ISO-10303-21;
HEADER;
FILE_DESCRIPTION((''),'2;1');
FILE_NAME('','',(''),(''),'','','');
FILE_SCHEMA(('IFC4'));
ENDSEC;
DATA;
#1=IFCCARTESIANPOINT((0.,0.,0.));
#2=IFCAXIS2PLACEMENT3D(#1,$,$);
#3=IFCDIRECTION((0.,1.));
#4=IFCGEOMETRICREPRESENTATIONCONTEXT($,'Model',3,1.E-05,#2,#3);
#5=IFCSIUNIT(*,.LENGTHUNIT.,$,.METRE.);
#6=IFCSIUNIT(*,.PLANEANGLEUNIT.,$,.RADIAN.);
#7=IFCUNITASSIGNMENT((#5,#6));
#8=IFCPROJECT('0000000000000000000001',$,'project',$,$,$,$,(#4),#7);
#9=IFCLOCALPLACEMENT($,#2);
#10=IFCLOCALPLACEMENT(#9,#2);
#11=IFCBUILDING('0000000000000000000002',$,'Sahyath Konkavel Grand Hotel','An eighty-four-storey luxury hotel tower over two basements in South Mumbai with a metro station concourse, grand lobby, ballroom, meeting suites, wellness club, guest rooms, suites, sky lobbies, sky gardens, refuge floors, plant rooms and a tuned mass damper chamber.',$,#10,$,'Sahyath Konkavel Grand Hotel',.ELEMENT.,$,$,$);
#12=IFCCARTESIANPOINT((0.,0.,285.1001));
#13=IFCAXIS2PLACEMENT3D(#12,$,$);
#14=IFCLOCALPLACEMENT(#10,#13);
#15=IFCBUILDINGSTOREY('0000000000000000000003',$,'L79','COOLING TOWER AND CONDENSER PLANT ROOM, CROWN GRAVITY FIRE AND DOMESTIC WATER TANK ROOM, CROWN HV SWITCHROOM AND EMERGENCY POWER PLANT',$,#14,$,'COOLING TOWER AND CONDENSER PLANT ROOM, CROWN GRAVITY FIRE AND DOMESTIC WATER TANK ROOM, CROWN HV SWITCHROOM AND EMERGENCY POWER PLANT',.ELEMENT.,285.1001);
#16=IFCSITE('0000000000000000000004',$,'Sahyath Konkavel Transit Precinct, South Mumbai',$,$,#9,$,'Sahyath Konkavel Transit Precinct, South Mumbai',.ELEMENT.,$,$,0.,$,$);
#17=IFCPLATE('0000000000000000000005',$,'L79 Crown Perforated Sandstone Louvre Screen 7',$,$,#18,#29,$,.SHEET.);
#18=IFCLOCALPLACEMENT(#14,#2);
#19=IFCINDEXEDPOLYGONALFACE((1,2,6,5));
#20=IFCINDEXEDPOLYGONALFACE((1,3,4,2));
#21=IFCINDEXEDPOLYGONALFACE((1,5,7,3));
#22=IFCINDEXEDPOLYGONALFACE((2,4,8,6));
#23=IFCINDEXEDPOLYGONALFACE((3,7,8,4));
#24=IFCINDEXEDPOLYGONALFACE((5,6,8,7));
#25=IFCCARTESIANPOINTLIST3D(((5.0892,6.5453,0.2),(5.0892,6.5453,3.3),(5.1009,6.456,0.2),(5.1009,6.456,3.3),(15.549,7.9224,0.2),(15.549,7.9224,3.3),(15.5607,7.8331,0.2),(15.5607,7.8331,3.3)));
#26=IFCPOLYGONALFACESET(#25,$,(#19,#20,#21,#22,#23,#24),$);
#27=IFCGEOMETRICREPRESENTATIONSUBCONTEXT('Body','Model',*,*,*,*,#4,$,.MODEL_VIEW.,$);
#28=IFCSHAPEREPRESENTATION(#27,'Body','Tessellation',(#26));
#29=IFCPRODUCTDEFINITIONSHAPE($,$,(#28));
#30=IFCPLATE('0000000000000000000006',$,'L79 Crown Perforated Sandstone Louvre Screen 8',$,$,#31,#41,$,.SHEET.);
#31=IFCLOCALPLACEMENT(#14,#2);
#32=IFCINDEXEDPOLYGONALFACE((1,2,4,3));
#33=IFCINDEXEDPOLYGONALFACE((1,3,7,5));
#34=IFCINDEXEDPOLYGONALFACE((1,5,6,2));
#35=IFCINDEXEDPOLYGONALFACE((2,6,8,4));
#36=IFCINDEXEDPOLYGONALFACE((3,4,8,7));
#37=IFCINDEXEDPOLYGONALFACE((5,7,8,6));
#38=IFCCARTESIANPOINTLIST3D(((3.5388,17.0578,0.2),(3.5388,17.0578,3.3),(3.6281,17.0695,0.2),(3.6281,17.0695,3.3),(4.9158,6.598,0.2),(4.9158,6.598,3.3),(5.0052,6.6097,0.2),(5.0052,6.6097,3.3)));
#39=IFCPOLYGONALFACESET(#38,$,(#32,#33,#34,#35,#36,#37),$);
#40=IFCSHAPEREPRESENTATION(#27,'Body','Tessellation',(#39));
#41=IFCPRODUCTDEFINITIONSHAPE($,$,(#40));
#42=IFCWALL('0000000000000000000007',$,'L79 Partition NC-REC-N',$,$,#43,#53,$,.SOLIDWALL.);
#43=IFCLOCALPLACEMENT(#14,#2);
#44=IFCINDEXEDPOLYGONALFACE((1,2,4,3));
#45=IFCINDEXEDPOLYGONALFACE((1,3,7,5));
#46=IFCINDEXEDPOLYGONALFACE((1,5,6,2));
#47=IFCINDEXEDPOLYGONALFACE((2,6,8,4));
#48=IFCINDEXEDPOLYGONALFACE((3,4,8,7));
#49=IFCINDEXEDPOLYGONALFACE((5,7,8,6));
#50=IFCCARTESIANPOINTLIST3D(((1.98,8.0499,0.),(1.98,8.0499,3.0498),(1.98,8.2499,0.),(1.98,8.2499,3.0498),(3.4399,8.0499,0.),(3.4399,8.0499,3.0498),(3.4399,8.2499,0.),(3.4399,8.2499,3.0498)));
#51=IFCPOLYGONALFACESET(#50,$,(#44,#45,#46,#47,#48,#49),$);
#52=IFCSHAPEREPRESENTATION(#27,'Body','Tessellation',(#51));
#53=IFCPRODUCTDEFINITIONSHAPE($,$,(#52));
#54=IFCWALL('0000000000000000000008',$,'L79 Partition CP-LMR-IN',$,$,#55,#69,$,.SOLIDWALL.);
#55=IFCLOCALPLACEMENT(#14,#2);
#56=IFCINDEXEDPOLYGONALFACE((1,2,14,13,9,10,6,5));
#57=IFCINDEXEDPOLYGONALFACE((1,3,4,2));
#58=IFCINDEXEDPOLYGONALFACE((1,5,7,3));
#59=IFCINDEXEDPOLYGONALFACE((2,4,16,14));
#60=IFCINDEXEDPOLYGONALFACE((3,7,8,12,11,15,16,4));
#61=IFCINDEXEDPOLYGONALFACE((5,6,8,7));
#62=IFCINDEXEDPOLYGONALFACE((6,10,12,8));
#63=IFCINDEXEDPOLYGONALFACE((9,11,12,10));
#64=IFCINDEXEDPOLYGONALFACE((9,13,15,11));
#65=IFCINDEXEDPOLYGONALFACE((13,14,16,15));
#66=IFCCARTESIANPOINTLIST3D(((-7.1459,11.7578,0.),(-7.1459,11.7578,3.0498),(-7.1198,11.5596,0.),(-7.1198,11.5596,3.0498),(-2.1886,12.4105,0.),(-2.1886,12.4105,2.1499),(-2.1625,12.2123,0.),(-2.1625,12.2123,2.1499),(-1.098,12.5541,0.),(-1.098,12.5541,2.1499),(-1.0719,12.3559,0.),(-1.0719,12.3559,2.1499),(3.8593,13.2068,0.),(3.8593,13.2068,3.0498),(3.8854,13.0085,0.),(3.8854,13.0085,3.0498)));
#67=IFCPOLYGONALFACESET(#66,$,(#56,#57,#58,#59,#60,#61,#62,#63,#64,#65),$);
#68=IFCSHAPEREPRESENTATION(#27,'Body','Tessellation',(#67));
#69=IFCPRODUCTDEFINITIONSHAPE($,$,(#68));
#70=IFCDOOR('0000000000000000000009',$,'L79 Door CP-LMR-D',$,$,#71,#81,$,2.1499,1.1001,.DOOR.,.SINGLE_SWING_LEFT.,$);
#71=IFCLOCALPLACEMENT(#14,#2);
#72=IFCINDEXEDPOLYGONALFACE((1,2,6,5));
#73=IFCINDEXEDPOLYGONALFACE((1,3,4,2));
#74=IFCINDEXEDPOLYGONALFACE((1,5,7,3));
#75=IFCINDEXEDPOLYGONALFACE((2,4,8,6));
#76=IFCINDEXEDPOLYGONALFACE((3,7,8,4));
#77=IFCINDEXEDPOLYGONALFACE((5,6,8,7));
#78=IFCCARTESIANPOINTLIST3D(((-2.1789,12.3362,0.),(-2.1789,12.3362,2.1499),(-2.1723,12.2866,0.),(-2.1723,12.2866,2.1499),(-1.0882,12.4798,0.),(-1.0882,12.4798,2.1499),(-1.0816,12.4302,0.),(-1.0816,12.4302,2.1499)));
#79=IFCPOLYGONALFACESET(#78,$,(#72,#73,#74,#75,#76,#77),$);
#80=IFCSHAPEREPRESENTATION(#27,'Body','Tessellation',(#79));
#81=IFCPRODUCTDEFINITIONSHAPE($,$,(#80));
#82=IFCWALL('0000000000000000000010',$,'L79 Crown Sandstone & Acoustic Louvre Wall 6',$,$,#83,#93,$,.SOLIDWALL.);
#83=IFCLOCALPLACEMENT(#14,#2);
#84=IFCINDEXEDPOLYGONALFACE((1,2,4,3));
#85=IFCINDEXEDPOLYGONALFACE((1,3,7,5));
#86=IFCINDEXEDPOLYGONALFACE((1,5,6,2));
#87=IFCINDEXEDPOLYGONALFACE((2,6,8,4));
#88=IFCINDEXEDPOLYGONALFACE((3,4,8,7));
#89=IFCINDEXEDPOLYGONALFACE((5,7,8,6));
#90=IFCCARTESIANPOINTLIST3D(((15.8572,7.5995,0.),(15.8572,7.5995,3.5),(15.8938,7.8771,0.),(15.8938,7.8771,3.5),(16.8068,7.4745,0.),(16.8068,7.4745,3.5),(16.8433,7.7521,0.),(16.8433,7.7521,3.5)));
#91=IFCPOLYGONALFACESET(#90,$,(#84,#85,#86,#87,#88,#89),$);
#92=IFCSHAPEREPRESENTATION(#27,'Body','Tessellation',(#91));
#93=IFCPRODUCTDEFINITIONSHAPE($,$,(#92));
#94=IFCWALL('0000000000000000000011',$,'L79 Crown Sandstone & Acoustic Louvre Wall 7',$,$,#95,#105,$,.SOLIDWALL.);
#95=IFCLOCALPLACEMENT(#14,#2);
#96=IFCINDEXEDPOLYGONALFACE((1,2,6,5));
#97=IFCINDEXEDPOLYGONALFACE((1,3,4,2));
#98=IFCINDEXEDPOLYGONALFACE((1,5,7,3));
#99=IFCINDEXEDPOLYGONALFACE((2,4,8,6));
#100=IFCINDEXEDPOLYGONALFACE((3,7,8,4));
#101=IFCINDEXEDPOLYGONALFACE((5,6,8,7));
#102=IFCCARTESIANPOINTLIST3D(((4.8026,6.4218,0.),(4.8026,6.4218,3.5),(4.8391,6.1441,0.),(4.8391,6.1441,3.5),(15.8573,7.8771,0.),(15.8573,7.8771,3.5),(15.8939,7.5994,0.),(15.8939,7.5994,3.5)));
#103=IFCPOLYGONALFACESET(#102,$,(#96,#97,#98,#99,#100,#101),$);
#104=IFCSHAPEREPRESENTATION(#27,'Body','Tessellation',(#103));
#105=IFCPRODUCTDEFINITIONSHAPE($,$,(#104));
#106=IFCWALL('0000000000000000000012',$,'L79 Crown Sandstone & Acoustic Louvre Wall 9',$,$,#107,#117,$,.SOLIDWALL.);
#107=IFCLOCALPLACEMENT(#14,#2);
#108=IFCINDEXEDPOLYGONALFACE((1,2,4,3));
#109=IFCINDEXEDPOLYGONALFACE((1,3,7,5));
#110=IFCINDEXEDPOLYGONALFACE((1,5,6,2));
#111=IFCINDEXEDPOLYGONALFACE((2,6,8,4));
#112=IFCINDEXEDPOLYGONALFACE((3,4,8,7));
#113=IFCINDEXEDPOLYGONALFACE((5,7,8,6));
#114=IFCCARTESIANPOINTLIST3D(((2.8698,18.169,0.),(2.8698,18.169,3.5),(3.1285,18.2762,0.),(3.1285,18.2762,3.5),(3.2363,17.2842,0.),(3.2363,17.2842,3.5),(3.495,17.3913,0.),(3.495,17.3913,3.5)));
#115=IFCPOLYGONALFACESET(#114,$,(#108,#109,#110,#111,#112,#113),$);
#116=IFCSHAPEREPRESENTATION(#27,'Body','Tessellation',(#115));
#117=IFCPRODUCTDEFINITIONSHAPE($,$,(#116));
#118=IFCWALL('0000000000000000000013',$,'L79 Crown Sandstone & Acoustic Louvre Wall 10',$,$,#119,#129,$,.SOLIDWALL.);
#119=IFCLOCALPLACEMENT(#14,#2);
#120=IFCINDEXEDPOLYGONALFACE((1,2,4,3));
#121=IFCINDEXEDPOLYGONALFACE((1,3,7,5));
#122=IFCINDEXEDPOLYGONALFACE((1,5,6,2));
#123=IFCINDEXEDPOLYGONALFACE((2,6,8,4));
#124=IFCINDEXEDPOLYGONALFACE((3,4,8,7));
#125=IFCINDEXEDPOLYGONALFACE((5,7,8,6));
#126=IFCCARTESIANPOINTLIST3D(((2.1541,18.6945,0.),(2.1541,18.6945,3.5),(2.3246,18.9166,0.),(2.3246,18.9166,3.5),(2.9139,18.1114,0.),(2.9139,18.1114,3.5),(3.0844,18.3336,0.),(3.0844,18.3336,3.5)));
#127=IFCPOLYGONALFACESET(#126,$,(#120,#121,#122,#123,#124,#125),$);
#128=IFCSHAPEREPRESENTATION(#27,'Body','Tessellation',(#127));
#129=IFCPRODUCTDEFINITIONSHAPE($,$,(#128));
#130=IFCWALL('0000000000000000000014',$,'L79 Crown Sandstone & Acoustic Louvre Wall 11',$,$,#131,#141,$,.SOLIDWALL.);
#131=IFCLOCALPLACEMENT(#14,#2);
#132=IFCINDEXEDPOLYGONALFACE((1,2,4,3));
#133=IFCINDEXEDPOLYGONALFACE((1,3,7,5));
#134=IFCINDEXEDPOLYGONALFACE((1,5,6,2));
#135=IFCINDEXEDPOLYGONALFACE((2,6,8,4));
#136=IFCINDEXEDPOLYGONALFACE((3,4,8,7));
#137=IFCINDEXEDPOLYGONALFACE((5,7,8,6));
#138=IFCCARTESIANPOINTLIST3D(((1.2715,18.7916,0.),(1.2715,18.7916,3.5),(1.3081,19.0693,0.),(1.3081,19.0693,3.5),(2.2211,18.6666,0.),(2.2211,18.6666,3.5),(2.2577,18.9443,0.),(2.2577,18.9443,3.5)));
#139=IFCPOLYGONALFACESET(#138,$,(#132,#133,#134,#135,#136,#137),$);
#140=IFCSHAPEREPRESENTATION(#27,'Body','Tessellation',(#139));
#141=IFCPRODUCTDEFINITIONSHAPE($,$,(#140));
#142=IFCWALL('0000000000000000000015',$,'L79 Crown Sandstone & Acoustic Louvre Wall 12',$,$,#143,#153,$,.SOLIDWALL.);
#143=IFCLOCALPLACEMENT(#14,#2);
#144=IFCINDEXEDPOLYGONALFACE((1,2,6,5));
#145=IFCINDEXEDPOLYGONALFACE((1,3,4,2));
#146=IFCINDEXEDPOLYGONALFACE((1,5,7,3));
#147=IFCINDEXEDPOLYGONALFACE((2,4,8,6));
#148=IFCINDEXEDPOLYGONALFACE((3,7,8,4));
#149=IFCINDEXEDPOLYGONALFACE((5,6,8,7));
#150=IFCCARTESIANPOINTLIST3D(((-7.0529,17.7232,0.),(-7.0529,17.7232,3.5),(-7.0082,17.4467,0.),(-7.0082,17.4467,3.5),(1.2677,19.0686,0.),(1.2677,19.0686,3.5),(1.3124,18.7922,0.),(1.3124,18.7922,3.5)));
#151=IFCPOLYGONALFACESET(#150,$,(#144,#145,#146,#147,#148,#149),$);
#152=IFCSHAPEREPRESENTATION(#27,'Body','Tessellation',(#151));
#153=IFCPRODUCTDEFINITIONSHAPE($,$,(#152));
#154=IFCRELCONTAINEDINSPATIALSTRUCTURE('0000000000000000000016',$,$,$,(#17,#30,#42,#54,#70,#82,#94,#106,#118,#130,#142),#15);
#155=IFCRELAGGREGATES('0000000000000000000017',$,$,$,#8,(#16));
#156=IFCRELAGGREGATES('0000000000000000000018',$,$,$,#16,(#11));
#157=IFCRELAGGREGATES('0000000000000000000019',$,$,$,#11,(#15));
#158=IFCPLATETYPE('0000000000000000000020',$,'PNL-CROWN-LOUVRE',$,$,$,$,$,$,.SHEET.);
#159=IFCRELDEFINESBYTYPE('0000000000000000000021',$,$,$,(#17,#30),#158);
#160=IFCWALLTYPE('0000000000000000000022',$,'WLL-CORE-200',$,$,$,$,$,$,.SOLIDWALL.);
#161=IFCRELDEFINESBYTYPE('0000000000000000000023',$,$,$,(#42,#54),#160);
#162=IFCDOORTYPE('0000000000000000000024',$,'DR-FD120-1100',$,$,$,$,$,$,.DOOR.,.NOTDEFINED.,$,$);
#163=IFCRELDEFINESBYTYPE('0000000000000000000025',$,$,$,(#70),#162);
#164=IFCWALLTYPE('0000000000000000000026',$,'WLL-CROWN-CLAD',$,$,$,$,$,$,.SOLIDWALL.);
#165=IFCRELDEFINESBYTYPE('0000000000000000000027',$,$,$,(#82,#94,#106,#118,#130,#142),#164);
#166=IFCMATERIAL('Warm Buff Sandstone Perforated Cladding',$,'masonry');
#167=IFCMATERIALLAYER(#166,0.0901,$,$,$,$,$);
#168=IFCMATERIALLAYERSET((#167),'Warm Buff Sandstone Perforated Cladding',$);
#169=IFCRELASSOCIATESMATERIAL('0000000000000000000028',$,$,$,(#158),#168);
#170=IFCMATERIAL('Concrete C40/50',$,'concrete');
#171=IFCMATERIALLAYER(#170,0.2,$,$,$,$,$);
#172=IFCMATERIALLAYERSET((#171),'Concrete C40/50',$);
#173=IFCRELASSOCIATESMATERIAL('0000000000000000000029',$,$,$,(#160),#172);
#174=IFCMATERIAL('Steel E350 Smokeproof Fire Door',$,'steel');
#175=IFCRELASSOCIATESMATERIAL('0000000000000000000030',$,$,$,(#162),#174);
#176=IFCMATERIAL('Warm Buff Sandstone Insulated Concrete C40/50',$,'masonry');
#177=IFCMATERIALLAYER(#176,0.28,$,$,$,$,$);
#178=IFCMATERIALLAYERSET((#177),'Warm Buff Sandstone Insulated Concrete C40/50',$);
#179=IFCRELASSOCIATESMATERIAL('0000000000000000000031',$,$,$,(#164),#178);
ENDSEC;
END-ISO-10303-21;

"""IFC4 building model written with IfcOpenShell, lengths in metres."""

from ifc_helpers import new_model, si_unit, direction, frame, frame_2d, origin, origin_2d, place, context, subcontext, project, spatial, rectangle, extrude, source, transform, mapped, material, layer, layer_set, type_object, element, fill, save


model = new_model("IFC4")

# Units and contexts
model_context = context("Model", 3, precision=1e-05, world=origin(), true_north=direction((0.0, 1.0)))
body_context = subcontext(model_context, "Body", "Model", "MODEL_VIEW")
ifc_project = project(units=[si_unit("LENGTHUNIT", "METRE"), si_unit("PLANEANGLEUNIT", "RADIAN")], contexts=[model_context])

# Site, building, storey
site_placement = place(None, origin())
site = spatial("IfcSite", under=ifc_project, at=site_placement, Name="Sahyath Konkavel Transit Precinct, South Mumbai", LongName="Sahyath Konkavel Transit Precinct, South Mumbai", CompositionType="ELEMENT", RefElevation=0.0)
building_placement = place(site_placement, origin())
building = spatial("IfcBuilding", under=site, at=building_placement, Name="Sahyath Konkavel Grand Hotel", Description="An eighty-four-storey luxury hotel tower over two basements in South Mumbai with a metro station concourse, grand lobby, ballroom, meeting suites, wellness club, guest rooms, suites, sky lobbies, sky gardens, refuge floors, plant rooms and a tuned mass damper chamber.", LongName="Sahyath Konkavel Grand Hotel", CompositionType="ELEMENT")
storey_placement = place(building_placement, frame((0.0, 0.0, 285.1001)))
storey = spatial("IfcBuildingStorey", under=building, at=storey_placement, Name="L79", Description="COOLING TOWER AND CONDENSER PLANT ROOM, CROWN GRAVITY FIRE AND DOMESTIC WATER TANK ROOM, CROWN HV SWITCHROOM AND EMERGENCY POWER PLANT", LongName="COOLING TOWER AND CONDENSER PLANT ROOM, CROWN GRAVITY FIRE AND DOMESTIC WATER TANK ROOM, CROWN HV SWITCHROOM AND EMERGENCY POWER PLANT", CompositionType="ELEMENT", Elevation=285.1001)

# Shared definitions
ifc_material_1 = material(Name="Concrete C40/50", Category="concrete")

# Plates
ifc_material_2 = material(Name="Warm Buff Sandstone Perforated Cladding", Category="masonry")
ifc_layer_1 = layer(ifc_material_2, 0.0901)
ifc_layer_set_1 = layer_set([ifc_layer_1], Name="Warm Buff Sandstone Perforated Cladding")
plate_type_1 = type_object("IfcPlateType", Name="PNL-CROWN-LOUVRE", PredefinedType="SHEET", material=ifc_layer_set_1)
shared_shape_1 = source(origin(), body_context, "Body", "SweptSolid", [
    extrude(rectangle(XDim=10.55, YDim=0.0901, at=origin_2d()), origin(), (0.0, 0.0, 1.0), 3.1001),
])
for number, where, z_axis, x_axis, name in (
    (1, (10.325, 7.1892, 0.2), (0.0, 0.0, 1.0), (-0.991445, -0.130526, 0.0), "L79 Crown Perforated Sandstone Louvre Screen 7"),
    (2, (4.272, 11.8337, 0.2), (0.0, 0.0, 1.0), (-0.130526, 0.991445, 0.0), "L79 Crown Perforated Sandstone Louvre Screen 8"),
):
    element("IfcPlate", number, at=place(storey_placement, frame(where, z_axis=z_axis, x_axis=x_axis)), inside=storey, type_object=plate_type_1, Name=name, PredefinedType="SHEET", context=body_context, shape_type="MappedRepresentation", body=[
        mapped(shared_shape_1, transform((0.0, 0.0, 0.0), scale=1.0)),
    ])

# Wall
ifc_layer_2 = layer(ifc_material_1, 0.2)
ifc_layer_set_2 = layer_set([ifc_layer_2], Name="Concrete C40/50")
wall_type_1 = type_object("IfcWallType", Name="WLL-CORE-200", PredefinedType="SOLIDWALL", material=ifc_layer_set_2)
wall_1_placement = place(storey_placement, frame((1.98, 8.1499, 0.0), z_axis=(0.0, 0.0, 1.0), x_axis=(1.0, 0.0, 0.0)))
element("IfcWall", 3, at=wall_1_placement, inside=storey, type_object=wall_type_1, Name="L79 Partition NC-REC-N", PredefinedType="SOLIDWALL", context=body_context, shape_type="SweptSolid", body=[
    extrude(rectangle(XDim=1.46, YDim=0.2, at=frame_2d((0.73, 0.0))), origin(), (0.0, 0.0, 1.0), 3.0498),
])

# Wall, opening, door
wall_2_placement = place(storey_placement, frame((3.8723, 13.1077, 0.0), z_axis=(0.0, 0.0, 1.0), x_axis=(-0.991443, -0.130537, 0.0)))
wall_2 = element("IfcWall", 4, at=wall_2_placement, inside=storey, type_object=wall_type_1, Name="L79 Partition CP-LMR-IN", PredefinedType="SOLIDWALL", context=body_context, shape_type="SweptSolid", body=[
    extrude(rectangle(XDim=11.1001, YDim=0.2, at=frame_2d((5.55, 0.0))), origin(), (0.0, 0.0, 1.0), 3.0498),
])
opening_placement = place(wall_2_placement, frame((5.0, 0.0, 0.0)))
opening = element("IfcOpeningElement", 5, at=opening_placement, cuts=wall_2, PredefinedType="OPENING", context=body_context, shape_type="SweptSolid", body=[
    extrude(rectangle(XDim=1.1001, YDim=2.1499, at=frame_2d((0.55, 1.075))), frame((0.0, 0.1099, 0.0), z_axis=(0.0, -1.0, 0.0), x_axis=(1.0, 0.0, 0.0)), (0.0, 0.0, 1.0), 0.22),
])
ifc_material_3 = material(Name="Steel E350 Smokeproof Fire Door", Category="steel")
door_type = type_object("IfcDoorType", Name="DR-FD120-1100", OperationType="NOTDEFINED", PredefinedType="DOOR", material=ifc_material_3)
shared_shape_2 = source(origin(), body_context, "Body", "SweptSolid", [
    extrude(rectangle(XDim=1.1001, YDim=0.05, at=origin_2d()), origin(), (0.0, 0.0, 1.0), 2.1499),
])
door_placement = place(opening_placement, frame((0.55, 0.0, 0.0)))
door = element("IfcDoor", 6, at=door_placement, inside=storey, type_object=door_type, Name="L79 Door CP-LMR-D", OperationType="SINGLE_SWING_LEFT", OverallHeight=2.1499, OverallWidth=1.1001, PredefinedType="DOOR", context=body_context, shape_type="MappedRepresentation", body=[
    mapped(shared_shape_2, transform((0.0, 0.0, 0.0), scale=1.0)),
])
fill(opening, door)

# Walls
ifc_material_4 = material(Name="Warm Buff Sandstone Insulated Concrete C40/50", Category="masonry")
ifc_layer_3 = layer(ifc_material_4, 0.28)
ifc_layer_set_3 = layer_set([ifc_layer_3], Name="Warm Buff Sandstone Insulated Concrete C40/50")
wall_type_2 = type_object("IfcWallType", Name="WLL-CROWN-CLAD", PredefinedType="SOLIDWALL", material=ifc_layer_set_3)
wall_3_placement = place(storey_placement, frame((16.8252, 7.6133, 0.0), z_axis=(0.0, 0.0, 1.0), x_axis=(-0.991445, 0.130527, 0.0)))
element("IfcWall", 7, at=wall_3_placement, inside=storey, type_object=wall_type_2, Name="L79 Crown Sandstone & Acoustic Louvre Wall 6", PredefinedType="SOLIDWALL", context=body_context, shape_type="SweptSolid", body=[
    extrude(rectangle(XDim=0.9578, YDim=0.28, at=frame_2d((0.479, 0.0))), origin(), (0.0, 0.0, 1.0), 3.5),
])
wall_4_placement = place(storey_placement, frame((15.8757, 7.7383, 0.0), z_axis=(0.0, 0.0, 1.0), x_axis=(-0.991445, -0.130521, 0.0)))
element("IfcWall", 8, at=wall_4_placement, inside=storey, type_object=wall_type_2, Name="L79 Crown Sandstone & Acoustic Louvre Wall 7", PredefinedType="SOLIDWALL", context=body_context, shape_type="SweptSolid", body=[
    extrude(rectangle(XDim=11.1501, YDim=0.28, at=frame_2d((5.5752, 0.0))), origin(), (0.0, 0.0, 1.0), 3.5),
])
for number, where, z_axis, x_axis, name in (
    (9, (3.3657, 17.3376, 0.0), (0.0, 0.0, 1.0), (-0.38266, 0.923889, 0.0), "L79 Crown Sandstone & Acoustic Louvre Wall 9"),
    (10, (2.9993, 18.2224, 0.0), (0.0, 0.0, 1.0), (-0.793344, 0.608774, 0.0), "L79 Crown Sandstone & Acoustic Louvre Wall 10"),
    (11, (2.2395, 18.8054, 0.0), (0.0, 0.0, 1.0), (-0.991445, 0.130527, 0.0), "L79 Crown Sandstone & Acoustic Louvre Wall 11"),
):
    element("IfcWall", number, at=place(storey_placement, frame(where, z_axis=z_axis, x_axis=x_axis)), inside=storey, type_object=wall_type_2, Name=name, PredefinedType="SOLIDWALL", context=body_context, shape_type="SweptSolid", body=[
        extrude(rectangle(XDim=0.9578, YDim=0.28, at=frame_2d((0.479, 0.0))), origin(), (0.0, 0.0, 1.0), 3.5),
    ])
wall_5_placement = place(storey_placement, frame((1.29, 18.9304, 0.0), z_axis=(0.0, 0.0, 1.0), x_axis=(-0.987177, -0.159629, 0.0)))
element("IfcWall", 12, at=wall_5_placement, inside=storey, type_object=wall_type_2, Name="L79 Crown Sandstone & Acoustic Louvre Wall 12", PredefinedType="SOLIDWALL", context=body_context, shape_type="SweptSolid", body=[
    extrude(rectangle(XDim=8.4287, YDim=0.28, at=frame_2d((4.2144, 0.0))), origin(), (0.0, 0.0, 1.0), 3.5),
])

save(model, "model.ifc")
